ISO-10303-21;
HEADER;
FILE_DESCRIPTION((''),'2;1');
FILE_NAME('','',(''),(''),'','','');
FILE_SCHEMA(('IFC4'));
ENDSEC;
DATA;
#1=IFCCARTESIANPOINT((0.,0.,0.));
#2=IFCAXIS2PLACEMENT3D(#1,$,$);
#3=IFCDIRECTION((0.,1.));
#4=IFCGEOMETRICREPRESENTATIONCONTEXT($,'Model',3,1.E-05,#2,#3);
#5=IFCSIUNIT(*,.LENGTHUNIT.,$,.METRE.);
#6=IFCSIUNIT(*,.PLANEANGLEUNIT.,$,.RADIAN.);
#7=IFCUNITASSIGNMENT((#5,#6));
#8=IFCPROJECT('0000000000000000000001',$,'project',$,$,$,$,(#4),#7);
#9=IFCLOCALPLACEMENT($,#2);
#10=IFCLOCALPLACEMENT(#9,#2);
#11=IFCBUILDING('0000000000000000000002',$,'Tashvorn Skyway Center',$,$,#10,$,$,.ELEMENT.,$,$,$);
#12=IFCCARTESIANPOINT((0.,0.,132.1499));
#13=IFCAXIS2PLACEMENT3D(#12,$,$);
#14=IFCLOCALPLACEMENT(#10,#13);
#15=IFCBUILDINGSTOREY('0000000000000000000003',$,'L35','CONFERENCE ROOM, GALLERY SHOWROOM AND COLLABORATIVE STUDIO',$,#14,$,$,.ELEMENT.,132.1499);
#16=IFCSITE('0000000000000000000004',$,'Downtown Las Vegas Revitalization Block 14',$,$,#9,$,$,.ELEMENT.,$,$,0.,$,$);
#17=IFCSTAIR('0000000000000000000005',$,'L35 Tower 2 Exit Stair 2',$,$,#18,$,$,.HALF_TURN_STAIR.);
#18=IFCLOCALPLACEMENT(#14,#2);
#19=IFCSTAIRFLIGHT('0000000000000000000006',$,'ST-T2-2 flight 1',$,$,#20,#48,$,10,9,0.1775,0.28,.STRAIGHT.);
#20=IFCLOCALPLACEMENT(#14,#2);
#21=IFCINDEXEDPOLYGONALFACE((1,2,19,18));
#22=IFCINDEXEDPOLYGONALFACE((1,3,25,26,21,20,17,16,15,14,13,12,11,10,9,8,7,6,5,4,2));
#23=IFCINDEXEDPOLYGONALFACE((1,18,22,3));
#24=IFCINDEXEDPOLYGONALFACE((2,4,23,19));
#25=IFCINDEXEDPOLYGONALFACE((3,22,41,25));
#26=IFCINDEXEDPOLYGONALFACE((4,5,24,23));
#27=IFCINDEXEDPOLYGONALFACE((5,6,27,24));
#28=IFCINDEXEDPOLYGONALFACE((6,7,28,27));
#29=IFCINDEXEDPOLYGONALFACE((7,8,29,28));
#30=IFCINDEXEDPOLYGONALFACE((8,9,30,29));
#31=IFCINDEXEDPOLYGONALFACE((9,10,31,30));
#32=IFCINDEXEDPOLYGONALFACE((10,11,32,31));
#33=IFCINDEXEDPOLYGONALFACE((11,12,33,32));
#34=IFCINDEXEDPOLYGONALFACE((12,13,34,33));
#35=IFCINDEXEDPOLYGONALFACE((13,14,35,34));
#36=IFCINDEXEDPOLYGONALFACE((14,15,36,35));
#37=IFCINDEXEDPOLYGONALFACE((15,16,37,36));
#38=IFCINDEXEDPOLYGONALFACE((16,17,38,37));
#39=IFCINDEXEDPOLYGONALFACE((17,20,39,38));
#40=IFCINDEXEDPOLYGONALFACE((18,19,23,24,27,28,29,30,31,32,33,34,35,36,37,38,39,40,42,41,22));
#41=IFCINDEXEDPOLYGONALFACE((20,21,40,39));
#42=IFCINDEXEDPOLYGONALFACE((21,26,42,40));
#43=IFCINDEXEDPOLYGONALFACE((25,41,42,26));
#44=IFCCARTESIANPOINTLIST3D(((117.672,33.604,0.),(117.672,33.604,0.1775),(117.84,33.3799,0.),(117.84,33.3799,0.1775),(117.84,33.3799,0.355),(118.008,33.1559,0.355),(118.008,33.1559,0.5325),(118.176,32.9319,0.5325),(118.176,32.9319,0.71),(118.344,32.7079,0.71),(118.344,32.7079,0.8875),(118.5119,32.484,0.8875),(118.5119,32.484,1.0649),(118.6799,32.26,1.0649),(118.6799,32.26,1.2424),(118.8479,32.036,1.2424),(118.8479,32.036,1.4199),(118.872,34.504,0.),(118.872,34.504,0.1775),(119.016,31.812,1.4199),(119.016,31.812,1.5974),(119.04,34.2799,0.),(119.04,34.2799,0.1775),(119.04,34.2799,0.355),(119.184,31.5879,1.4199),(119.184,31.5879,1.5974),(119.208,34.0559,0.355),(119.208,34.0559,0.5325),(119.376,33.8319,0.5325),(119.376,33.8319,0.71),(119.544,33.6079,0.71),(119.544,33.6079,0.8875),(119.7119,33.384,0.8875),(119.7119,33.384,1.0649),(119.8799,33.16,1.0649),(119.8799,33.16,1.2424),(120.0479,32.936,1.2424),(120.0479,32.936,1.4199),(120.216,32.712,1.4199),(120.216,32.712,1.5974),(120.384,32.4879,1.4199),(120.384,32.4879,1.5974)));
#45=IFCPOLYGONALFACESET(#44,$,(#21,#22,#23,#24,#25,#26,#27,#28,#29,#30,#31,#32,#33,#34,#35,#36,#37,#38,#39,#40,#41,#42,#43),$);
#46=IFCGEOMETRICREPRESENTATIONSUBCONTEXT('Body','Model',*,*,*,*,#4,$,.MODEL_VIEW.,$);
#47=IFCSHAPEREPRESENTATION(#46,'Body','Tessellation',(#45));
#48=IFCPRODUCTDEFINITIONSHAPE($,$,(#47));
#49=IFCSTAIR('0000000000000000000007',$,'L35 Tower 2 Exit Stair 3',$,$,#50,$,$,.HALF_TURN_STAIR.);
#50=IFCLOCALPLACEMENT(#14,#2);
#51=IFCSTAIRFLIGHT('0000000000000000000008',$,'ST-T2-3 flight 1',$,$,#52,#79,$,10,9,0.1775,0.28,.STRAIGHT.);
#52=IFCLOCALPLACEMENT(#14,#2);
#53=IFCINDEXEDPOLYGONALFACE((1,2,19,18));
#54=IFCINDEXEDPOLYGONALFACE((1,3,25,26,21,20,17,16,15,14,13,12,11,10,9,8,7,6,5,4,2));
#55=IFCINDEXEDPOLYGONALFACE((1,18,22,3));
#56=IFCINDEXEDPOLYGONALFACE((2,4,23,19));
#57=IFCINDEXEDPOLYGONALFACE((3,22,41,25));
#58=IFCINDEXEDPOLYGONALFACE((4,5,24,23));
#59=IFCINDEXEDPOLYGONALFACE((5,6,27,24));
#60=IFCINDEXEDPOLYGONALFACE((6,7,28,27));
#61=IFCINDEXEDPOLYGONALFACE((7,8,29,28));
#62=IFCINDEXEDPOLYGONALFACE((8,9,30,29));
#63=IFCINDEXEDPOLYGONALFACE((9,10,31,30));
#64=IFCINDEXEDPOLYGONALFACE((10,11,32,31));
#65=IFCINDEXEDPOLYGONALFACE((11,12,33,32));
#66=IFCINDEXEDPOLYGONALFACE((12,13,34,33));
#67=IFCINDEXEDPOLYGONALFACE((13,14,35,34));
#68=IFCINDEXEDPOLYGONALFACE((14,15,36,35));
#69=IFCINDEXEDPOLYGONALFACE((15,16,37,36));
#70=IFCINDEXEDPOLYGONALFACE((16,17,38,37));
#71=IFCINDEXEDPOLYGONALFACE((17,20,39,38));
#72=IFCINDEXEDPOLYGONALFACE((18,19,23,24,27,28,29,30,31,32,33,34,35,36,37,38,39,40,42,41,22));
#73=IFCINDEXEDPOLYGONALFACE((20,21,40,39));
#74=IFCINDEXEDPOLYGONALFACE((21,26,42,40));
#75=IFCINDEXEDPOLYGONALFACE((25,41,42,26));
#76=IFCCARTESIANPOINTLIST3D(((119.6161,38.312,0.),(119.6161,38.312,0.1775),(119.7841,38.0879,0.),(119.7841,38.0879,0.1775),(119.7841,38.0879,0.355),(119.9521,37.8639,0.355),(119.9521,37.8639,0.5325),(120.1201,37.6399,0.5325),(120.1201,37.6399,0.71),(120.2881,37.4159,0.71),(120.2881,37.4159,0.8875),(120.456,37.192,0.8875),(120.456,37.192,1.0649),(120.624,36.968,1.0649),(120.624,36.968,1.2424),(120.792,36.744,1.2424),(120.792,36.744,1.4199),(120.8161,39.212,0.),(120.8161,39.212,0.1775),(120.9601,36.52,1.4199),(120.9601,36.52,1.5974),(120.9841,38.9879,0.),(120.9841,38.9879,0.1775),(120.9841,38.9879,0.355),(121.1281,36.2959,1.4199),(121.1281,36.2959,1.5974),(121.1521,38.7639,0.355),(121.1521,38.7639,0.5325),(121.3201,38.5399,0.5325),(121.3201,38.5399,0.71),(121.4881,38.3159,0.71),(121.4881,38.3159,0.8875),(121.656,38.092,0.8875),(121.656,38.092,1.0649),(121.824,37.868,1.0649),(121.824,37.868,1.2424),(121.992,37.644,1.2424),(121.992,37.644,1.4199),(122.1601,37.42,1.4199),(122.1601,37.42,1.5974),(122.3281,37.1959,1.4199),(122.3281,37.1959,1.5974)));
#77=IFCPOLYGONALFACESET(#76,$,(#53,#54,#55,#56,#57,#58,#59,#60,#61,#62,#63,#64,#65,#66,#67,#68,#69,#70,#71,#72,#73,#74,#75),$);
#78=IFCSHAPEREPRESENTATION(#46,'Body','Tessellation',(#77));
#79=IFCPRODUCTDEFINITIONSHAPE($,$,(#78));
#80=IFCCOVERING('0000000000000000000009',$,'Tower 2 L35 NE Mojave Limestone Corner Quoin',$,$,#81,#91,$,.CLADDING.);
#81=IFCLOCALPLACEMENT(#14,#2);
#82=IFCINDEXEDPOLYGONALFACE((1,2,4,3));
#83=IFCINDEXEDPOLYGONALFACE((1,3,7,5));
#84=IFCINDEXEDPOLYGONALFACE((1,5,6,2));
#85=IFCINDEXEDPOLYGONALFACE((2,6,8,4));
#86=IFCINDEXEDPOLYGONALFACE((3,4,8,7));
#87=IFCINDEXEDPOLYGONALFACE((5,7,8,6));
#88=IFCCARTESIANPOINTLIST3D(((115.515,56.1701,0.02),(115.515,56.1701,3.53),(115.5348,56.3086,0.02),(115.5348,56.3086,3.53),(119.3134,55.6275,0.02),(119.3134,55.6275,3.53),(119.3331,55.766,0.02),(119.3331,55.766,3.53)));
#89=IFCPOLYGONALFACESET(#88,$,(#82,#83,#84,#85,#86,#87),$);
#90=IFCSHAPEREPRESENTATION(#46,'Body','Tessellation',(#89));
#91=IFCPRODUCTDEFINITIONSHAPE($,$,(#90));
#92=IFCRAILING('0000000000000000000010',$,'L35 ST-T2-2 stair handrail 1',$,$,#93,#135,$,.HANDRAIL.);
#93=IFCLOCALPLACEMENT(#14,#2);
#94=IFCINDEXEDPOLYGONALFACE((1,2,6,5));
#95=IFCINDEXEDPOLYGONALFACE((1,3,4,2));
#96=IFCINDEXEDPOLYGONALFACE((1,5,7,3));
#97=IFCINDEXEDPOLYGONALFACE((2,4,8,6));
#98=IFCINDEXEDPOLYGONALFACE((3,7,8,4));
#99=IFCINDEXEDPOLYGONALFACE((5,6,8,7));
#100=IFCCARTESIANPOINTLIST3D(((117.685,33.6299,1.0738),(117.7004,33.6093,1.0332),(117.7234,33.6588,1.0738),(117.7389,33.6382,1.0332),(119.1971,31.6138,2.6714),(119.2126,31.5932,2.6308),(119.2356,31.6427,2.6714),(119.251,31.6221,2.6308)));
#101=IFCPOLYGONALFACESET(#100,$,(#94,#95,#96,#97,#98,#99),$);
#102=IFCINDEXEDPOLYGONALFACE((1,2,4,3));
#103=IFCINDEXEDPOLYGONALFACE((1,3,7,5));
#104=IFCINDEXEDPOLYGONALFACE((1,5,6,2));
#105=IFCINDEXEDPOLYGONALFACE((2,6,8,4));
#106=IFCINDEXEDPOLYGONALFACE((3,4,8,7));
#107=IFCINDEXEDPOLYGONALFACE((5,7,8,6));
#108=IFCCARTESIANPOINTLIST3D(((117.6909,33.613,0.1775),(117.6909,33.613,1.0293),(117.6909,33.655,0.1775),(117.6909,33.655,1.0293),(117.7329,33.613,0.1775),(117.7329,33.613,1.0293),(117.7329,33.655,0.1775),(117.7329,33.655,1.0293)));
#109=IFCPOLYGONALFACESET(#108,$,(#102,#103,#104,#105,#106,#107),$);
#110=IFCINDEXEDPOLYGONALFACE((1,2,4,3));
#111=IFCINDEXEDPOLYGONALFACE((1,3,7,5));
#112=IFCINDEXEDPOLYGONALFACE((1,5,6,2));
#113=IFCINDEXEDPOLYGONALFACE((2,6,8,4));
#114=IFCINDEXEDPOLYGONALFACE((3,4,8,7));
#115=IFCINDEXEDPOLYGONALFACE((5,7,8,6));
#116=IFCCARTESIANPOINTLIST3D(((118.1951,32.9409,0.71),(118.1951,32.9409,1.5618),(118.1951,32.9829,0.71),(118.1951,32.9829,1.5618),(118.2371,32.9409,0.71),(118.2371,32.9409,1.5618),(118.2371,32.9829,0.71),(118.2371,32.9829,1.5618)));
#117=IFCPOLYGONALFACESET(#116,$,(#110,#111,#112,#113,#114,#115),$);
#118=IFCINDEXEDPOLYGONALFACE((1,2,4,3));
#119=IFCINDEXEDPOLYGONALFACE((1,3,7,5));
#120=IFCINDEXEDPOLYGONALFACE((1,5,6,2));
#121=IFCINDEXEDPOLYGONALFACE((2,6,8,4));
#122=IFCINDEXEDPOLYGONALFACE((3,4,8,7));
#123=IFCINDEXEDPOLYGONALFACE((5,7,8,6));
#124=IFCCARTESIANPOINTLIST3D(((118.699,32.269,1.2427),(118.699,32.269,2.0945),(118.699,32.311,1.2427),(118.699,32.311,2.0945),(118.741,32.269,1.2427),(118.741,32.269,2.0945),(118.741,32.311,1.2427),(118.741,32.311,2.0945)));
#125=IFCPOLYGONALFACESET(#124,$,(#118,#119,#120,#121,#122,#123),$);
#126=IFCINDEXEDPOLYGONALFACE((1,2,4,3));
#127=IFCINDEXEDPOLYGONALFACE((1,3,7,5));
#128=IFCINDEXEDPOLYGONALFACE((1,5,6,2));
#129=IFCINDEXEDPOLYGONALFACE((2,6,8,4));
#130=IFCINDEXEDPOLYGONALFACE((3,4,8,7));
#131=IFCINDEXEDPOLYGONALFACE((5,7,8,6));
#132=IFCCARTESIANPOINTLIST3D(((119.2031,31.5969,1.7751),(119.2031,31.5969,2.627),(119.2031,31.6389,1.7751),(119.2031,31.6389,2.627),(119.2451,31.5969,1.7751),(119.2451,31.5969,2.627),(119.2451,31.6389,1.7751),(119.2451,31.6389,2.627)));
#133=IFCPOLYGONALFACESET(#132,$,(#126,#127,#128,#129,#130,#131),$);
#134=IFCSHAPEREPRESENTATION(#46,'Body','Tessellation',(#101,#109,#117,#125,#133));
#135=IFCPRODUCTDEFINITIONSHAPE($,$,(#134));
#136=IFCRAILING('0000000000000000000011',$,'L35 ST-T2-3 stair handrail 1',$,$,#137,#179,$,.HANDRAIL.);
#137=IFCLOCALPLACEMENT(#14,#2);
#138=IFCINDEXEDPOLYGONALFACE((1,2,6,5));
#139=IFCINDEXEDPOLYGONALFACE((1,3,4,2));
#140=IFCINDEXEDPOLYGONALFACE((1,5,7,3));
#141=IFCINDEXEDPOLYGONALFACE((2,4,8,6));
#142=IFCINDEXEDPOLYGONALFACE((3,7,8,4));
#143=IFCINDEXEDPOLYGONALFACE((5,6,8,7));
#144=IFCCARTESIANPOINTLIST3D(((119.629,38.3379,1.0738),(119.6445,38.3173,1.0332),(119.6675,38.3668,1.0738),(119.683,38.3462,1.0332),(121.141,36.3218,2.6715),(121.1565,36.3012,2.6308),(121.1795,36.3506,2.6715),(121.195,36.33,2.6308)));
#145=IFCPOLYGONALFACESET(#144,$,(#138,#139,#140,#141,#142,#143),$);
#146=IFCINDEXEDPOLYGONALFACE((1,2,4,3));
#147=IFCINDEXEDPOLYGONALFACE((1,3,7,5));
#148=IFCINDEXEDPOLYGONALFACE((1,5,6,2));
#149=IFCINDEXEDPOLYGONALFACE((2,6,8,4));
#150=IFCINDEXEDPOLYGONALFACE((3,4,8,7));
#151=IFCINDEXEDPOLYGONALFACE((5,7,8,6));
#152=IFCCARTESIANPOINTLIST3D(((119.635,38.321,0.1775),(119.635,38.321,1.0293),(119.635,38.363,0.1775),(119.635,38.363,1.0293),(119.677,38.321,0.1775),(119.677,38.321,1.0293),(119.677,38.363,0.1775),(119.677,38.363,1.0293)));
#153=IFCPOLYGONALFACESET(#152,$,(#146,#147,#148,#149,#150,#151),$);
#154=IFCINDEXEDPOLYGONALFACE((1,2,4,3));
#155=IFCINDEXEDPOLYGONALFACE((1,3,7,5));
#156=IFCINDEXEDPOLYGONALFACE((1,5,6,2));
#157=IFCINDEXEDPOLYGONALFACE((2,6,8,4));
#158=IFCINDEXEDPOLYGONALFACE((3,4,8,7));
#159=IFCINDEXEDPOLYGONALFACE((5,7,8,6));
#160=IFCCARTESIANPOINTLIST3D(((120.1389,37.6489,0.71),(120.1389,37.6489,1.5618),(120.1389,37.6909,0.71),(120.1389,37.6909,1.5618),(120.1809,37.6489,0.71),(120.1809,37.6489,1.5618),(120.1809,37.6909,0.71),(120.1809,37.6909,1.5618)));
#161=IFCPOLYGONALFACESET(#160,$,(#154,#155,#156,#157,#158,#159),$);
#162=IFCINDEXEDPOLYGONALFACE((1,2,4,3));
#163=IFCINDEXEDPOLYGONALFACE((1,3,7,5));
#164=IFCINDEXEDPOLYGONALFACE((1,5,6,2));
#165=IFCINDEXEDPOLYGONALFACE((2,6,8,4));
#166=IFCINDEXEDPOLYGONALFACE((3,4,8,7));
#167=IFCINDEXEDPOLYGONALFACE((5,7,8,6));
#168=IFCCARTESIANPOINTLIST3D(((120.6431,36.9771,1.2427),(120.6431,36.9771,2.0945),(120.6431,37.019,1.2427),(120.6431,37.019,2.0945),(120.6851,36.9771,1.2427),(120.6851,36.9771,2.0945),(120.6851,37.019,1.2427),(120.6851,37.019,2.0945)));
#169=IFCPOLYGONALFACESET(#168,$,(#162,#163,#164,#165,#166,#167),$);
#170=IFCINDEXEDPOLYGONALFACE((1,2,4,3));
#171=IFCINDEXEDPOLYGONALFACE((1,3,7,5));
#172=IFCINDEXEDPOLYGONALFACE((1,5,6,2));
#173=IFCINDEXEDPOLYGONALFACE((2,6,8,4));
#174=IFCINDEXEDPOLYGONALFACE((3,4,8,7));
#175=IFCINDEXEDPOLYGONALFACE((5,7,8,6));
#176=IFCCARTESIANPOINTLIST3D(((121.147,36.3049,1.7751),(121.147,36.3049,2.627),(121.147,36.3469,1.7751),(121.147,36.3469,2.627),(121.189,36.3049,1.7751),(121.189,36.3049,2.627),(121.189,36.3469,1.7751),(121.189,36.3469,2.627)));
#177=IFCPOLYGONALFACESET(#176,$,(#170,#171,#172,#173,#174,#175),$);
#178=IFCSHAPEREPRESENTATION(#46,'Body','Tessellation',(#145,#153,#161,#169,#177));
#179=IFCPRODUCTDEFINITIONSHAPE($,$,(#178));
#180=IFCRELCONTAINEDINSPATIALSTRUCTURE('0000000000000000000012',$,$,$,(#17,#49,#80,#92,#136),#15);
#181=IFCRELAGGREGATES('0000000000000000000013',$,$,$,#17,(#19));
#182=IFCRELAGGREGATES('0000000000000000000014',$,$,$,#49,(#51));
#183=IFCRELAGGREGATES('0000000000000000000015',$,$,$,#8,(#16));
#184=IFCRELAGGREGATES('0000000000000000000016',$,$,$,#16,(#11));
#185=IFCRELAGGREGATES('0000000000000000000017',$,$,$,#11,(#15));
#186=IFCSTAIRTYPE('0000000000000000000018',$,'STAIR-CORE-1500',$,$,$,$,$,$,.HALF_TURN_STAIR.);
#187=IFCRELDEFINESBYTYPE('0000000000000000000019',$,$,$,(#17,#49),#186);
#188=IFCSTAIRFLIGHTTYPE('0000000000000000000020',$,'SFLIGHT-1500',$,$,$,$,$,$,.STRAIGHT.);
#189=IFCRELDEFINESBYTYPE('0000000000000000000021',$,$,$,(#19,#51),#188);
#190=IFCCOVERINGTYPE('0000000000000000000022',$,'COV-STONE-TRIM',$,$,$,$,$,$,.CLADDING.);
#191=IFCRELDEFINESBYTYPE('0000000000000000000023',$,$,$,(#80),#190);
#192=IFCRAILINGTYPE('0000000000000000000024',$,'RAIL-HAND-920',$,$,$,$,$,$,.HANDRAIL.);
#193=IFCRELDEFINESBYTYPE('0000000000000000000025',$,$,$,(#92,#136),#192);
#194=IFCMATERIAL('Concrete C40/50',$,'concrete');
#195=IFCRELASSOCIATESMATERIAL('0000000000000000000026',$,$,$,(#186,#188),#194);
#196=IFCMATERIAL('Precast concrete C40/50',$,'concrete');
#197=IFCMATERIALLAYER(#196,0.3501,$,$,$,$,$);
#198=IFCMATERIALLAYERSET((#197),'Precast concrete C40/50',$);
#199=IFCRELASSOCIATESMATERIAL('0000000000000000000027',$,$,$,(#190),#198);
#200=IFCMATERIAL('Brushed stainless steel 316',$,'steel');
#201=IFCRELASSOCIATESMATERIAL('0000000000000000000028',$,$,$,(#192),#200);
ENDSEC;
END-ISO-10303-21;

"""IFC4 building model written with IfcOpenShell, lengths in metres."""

from ifc_helpers import new_model, si_unit, direction, frame, origin, origin_2d, place, context, subcontext, project, spatial, polyline, rectangle, outline, extrude, material, layer, layer_set, type_object, element, aggregate, save


model = new_model("IFC4")

# Units and contexts
model_context = context("Model", 3, precision=1e-05, world=origin(), true_north=direction((0.0, 1.0)))
body_context = subcontext(model_context, "Body", "Model", "MODEL_VIEW")
ifc_project = project(units=[si_unit("LENGTHUNIT", "METRE"), si_unit("PLANEANGLEUNIT", "RADIAN")], contexts=[model_context])

# Site, building, storey
site_placement = place(None, origin())
site = spatial("IfcSite", under=ifc_project, at=site_placement, Name="Downtown Las Vegas Revitalization Block 14", CompositionType="ELEMENT", RefElevation=0.0)
building_placement = place(site_placement, origin())
building = spatial("IfcBuilding", under=site, at=building_placement, Name="Tashvorn Skyway Center", CompositionType="ELEMENT")
storey_placement = place(building_placement, frame((0.0, 0.0, 132.1499)))
storey = spatial("IfcBuildingStorey", under=building, at=storey_placement, Name="L35", Description="CONFERENCE ROOM, GALLERY SHOWROOM AND COLLABORATIVE STUDIO", CompositionType="ELEMENT", Elevation=132.1499)

# Shared definitions
ifc_material_1 = material(Name="Precast concrete C40/50", Category="concrete")
ifc_material_2 = material(Name="Concrete C40/50", Category="concrete")

# Stairs, stair flights
stair_type = type_object("IfcStairType", Name="STAIR-CORE-1500", PredefinedType="HALF_TURN_STAIR", material=ifc_material_2)
stair_1_placement = place(storey_placement, origin())
stair_1 = element("IfcStair", 1, at=stair_1_placement, inside=storey, type_object=stair_type, Name="L35 Tower 2 Exit Stair 2", PredefinedType="HALF_TURN_STAIR")
stair_flight_type = type_object("IfcStairFlightType", Name="SFLIGHT-1500", PredefinedType="STRAIGHT", material=ifc_material_2)
stair_flight_1_placement = place(storey_placement, frame((118.272, 34.054, 0.0), z_axis=(0.0, 0.0, 1.0), x_axis=(0.6, -0.8, 0.0)))
stair_flight_1 = element("IfcStairFlight", 2, at=stair_flight_1_placement, type_object=stair_flight_type, Name="ST-T2-2 flight 1", NumberOfRisers=10, NumberOfTreads=9, PredefinedType="STRAIGHT", RiserHeight=0.1775, TreadLength=0.28, context=body_context, shape_type="SweptSolid", body=[
    extrude(outline(polyline([(0.0, 0.0), (0.0, 0.1775), (0.28, 0.1775), (0.28, 0.355), (0.5601, 0.355), (0.5601, 0.5325), (0.8401, 0.5325), (0.8401, 0.71), (1.1201, 0.71), (1.1201, 0.8875), (1.3999, 0.8875), (1.3999, 1.0649), (1.6799, 1.0649), (1.6799, 1.2424), (1.96, 1.2424), (1.96, 1.4199), (2.24, 1.4199), (2.24, 1.5974), (2.52, 1.5974), (2.52, 1.7749), (2.52, 1.4199), (0.28, 0.0), (0.0, 0.0)])), frame((0.0, 0.75, 0.0), z_axis=(0.0, -1.0, 0.0), x_axis=(1.0, 0.0, 0.0)), (0.0, 0.0, 1.0), 1.5),
])
aggregate(stair_1, [stair_flight_1])
stair_2_placement = place(storey_placement, origin())
stair_2 = element("IfcStair", 3, at=stair_2_placement, inside=storey, type_object=stair_type, Name="L35 Tower 2 Exit Stair 3", PredefinedType="HALF_TURN_STAIR")
stair_flight_2_placement = place(storey_placement, frame((120.2161, 38.762, 0.0), z_axis=(0.0, 0.0, 1.0), x_axis=(0.6, -0.8, 0.0)))
stair_flight_2 = element("IfcStairFlight", 4, at=stair_flight_2_placement, type_object=stair_flight_type, Name="ST-T2-3 flight 1", NumberOfRisers=10, NumberOfTreads=9, PredefinedType="STRAIGHT", RiserHeight=0.1775, TreadLength=0.28, context=body_context, shape_type="SweptSolid", body=[
    extrude(outline(polyline([(0.0, 0.0), (0.0, 0.1775), (0.28, 0.1775), (0.28, 0.355), (0.5601, 0.355), (0.5601, 0.5325), (0.8401, 0.5325), (0.8401, 0.71), (1.1201, 0.71), (1.1201, 0.8875), (1.3999, 0.8875), (1.3999, 1.0649), (1.6799, 1.0649), (1.6799, 1.2424), (1.96, 1.2424), (1.96, 1.4199), (2.24, 1.4199), (2.24, 1.5974), (2.52, 1.5974), (2.52, 1.7749), (2.52, 1.4199), (0.28, 0.0), (0.0, 0.0)])), frame((0.0, 0.75, 0.0), z_axis=(0.0, -1.0, 0.0), x_axis=(1.0, 0.0, 0.0)), (0.0, 0.0, 1.0), 1.5),
])
aggregate(stair_2, [stair_flight_2])

# Covering
ifc_layer_1 = layer(ifc_material_1, 0.3501)
ifc_layer_set_1 = layer_set([ifc_layer_1], Name="Precast concrete C40/50")
covering_type = type_object("IfcCoveringType", Name="COV-STONE-TRIM", PredefinedType="CLADDING", material=ifc_layer_set_1)
covering_placement = place(storey_placement, frame((117.4241, 55.968, 0.02), z_axis=(0.0, 0.0, 1.0), x_axis=(0.989949, -0.141421, 0.0)))
element("IfcCovering", 5, at=covering_placement, inside=storey, type_object=covering_type, Name="Tower 2 L35 NE Mojave Limestone Corner Quoin", PredefinedType="CLADDING", context=body_context, shape_type="SweptSolid", body=[
    extrude(rectangle(XDim=3.8369, YDim=0.1399, at=origin_2d()), origin(), (0.0, 0.0, 1.0), 3.51),
])

# Railings
ifc_material_3 = material(Name="Brushed stainless steel 316", Category="steel")
railing_type_1 = type_object("IfcRailingType", Name="RAIL-HAND-920", PredefinedType="HANDRAIL", material=ifc_material_3)
railing_1_placement = place(storey_placement, frame((117.7119, 33.634, 0.1775)))
element("IfcRailing", 6, at=railing_1_placement, inside=storey, type_object=railing_type_1, Name="L35 ST-T2-2 stair handrail 1", PredefinedType="HANDRAIL", context=body_context, shape_type="SweptSolid", body=[
    extrude(rectangle(XDim=0.0481, YDim=0.0481, at=origin_2d()), frame((0.0, 0.0, 0.876), z_axis=(0.506779, -0.675651, 0.535416), x_axis=(0.799977, 0.600031, 0.0)), (0.0, 0.0, 1.0), 2.9839),
    extrude(rectangle(XDim=0.042, YDim=0.042, at=origin_2d()), origin(), (0.0, 0.0, 1.0), 0.8518),
    extrude(rectangle(XDim=0.042, YDim=0.042, at=origin_2d()), frame((0.5042, -0.6721, 0.5325)), (0.0, 0.0, 1.0), 0.8518),
    extrude(rectangle(XDim=0.042, YDim=0.042, at=origin_2d()), frame((1.0081, -1.344, 1.0652)), (0.0, 0.0, 1.0), 0.8518),
    extrude(rectangle(XDim=0.042, YDim=0.042, at=origin_2d()), frame((1.5122, -2.0161, 1.5977)), (0.0, 0.0, 1.0), 0.8518),
])
railing_2_placement = place(storey_placement, frame((119.656, 38.342, 0.1775)))
element("IfcRailing", 7, at=railing_2_placement, inside=storey, type_object=railing_type_1, Name="L35 ST-T2-3 stair handrail 1", PredefinedType="HANDRAIL", context=body_context, shape_type="SweptSolid", body=[
    extrude(rectangle(XDim=0.0481, YDim=0.0481, at=origin_2d()), frame((0.0, 0.0, 0.876), z_axis=(0.506719, -0.675679, 0.535438), x_axis=(0.800023, 0.599969, 0.0)), (0.0, 0.0, 1.0), 2.9839),
    extrude(rectangle(XDim=0.042, YDim=0.042, at=origin_2d()), origin(), (0.0, 0.0, 1.0), 0.8518),
    extrude(rectangle(XDim=0.042, YDim=0.042, at=origin_2d()), frame((0.5039, -0.6721, 0.5325)), (0.0, 0.0, 1.0), 0.8518),
    extrude(rectangle(XDim=0.042, YDim=0.042, at=origin_2d()), frame((1.0081, -1.344, 1.0652)), (0.0, 0.0, 1.0), 0.8518),
    extrude(rectangle(XDim=0.042, YDim=0.042, at=origin_2d()), frame((1.512, -2.0161, 1.5977)), (0.0, 0.0, 1.0), 0.8518),
])

save(model, "model.ifc")
